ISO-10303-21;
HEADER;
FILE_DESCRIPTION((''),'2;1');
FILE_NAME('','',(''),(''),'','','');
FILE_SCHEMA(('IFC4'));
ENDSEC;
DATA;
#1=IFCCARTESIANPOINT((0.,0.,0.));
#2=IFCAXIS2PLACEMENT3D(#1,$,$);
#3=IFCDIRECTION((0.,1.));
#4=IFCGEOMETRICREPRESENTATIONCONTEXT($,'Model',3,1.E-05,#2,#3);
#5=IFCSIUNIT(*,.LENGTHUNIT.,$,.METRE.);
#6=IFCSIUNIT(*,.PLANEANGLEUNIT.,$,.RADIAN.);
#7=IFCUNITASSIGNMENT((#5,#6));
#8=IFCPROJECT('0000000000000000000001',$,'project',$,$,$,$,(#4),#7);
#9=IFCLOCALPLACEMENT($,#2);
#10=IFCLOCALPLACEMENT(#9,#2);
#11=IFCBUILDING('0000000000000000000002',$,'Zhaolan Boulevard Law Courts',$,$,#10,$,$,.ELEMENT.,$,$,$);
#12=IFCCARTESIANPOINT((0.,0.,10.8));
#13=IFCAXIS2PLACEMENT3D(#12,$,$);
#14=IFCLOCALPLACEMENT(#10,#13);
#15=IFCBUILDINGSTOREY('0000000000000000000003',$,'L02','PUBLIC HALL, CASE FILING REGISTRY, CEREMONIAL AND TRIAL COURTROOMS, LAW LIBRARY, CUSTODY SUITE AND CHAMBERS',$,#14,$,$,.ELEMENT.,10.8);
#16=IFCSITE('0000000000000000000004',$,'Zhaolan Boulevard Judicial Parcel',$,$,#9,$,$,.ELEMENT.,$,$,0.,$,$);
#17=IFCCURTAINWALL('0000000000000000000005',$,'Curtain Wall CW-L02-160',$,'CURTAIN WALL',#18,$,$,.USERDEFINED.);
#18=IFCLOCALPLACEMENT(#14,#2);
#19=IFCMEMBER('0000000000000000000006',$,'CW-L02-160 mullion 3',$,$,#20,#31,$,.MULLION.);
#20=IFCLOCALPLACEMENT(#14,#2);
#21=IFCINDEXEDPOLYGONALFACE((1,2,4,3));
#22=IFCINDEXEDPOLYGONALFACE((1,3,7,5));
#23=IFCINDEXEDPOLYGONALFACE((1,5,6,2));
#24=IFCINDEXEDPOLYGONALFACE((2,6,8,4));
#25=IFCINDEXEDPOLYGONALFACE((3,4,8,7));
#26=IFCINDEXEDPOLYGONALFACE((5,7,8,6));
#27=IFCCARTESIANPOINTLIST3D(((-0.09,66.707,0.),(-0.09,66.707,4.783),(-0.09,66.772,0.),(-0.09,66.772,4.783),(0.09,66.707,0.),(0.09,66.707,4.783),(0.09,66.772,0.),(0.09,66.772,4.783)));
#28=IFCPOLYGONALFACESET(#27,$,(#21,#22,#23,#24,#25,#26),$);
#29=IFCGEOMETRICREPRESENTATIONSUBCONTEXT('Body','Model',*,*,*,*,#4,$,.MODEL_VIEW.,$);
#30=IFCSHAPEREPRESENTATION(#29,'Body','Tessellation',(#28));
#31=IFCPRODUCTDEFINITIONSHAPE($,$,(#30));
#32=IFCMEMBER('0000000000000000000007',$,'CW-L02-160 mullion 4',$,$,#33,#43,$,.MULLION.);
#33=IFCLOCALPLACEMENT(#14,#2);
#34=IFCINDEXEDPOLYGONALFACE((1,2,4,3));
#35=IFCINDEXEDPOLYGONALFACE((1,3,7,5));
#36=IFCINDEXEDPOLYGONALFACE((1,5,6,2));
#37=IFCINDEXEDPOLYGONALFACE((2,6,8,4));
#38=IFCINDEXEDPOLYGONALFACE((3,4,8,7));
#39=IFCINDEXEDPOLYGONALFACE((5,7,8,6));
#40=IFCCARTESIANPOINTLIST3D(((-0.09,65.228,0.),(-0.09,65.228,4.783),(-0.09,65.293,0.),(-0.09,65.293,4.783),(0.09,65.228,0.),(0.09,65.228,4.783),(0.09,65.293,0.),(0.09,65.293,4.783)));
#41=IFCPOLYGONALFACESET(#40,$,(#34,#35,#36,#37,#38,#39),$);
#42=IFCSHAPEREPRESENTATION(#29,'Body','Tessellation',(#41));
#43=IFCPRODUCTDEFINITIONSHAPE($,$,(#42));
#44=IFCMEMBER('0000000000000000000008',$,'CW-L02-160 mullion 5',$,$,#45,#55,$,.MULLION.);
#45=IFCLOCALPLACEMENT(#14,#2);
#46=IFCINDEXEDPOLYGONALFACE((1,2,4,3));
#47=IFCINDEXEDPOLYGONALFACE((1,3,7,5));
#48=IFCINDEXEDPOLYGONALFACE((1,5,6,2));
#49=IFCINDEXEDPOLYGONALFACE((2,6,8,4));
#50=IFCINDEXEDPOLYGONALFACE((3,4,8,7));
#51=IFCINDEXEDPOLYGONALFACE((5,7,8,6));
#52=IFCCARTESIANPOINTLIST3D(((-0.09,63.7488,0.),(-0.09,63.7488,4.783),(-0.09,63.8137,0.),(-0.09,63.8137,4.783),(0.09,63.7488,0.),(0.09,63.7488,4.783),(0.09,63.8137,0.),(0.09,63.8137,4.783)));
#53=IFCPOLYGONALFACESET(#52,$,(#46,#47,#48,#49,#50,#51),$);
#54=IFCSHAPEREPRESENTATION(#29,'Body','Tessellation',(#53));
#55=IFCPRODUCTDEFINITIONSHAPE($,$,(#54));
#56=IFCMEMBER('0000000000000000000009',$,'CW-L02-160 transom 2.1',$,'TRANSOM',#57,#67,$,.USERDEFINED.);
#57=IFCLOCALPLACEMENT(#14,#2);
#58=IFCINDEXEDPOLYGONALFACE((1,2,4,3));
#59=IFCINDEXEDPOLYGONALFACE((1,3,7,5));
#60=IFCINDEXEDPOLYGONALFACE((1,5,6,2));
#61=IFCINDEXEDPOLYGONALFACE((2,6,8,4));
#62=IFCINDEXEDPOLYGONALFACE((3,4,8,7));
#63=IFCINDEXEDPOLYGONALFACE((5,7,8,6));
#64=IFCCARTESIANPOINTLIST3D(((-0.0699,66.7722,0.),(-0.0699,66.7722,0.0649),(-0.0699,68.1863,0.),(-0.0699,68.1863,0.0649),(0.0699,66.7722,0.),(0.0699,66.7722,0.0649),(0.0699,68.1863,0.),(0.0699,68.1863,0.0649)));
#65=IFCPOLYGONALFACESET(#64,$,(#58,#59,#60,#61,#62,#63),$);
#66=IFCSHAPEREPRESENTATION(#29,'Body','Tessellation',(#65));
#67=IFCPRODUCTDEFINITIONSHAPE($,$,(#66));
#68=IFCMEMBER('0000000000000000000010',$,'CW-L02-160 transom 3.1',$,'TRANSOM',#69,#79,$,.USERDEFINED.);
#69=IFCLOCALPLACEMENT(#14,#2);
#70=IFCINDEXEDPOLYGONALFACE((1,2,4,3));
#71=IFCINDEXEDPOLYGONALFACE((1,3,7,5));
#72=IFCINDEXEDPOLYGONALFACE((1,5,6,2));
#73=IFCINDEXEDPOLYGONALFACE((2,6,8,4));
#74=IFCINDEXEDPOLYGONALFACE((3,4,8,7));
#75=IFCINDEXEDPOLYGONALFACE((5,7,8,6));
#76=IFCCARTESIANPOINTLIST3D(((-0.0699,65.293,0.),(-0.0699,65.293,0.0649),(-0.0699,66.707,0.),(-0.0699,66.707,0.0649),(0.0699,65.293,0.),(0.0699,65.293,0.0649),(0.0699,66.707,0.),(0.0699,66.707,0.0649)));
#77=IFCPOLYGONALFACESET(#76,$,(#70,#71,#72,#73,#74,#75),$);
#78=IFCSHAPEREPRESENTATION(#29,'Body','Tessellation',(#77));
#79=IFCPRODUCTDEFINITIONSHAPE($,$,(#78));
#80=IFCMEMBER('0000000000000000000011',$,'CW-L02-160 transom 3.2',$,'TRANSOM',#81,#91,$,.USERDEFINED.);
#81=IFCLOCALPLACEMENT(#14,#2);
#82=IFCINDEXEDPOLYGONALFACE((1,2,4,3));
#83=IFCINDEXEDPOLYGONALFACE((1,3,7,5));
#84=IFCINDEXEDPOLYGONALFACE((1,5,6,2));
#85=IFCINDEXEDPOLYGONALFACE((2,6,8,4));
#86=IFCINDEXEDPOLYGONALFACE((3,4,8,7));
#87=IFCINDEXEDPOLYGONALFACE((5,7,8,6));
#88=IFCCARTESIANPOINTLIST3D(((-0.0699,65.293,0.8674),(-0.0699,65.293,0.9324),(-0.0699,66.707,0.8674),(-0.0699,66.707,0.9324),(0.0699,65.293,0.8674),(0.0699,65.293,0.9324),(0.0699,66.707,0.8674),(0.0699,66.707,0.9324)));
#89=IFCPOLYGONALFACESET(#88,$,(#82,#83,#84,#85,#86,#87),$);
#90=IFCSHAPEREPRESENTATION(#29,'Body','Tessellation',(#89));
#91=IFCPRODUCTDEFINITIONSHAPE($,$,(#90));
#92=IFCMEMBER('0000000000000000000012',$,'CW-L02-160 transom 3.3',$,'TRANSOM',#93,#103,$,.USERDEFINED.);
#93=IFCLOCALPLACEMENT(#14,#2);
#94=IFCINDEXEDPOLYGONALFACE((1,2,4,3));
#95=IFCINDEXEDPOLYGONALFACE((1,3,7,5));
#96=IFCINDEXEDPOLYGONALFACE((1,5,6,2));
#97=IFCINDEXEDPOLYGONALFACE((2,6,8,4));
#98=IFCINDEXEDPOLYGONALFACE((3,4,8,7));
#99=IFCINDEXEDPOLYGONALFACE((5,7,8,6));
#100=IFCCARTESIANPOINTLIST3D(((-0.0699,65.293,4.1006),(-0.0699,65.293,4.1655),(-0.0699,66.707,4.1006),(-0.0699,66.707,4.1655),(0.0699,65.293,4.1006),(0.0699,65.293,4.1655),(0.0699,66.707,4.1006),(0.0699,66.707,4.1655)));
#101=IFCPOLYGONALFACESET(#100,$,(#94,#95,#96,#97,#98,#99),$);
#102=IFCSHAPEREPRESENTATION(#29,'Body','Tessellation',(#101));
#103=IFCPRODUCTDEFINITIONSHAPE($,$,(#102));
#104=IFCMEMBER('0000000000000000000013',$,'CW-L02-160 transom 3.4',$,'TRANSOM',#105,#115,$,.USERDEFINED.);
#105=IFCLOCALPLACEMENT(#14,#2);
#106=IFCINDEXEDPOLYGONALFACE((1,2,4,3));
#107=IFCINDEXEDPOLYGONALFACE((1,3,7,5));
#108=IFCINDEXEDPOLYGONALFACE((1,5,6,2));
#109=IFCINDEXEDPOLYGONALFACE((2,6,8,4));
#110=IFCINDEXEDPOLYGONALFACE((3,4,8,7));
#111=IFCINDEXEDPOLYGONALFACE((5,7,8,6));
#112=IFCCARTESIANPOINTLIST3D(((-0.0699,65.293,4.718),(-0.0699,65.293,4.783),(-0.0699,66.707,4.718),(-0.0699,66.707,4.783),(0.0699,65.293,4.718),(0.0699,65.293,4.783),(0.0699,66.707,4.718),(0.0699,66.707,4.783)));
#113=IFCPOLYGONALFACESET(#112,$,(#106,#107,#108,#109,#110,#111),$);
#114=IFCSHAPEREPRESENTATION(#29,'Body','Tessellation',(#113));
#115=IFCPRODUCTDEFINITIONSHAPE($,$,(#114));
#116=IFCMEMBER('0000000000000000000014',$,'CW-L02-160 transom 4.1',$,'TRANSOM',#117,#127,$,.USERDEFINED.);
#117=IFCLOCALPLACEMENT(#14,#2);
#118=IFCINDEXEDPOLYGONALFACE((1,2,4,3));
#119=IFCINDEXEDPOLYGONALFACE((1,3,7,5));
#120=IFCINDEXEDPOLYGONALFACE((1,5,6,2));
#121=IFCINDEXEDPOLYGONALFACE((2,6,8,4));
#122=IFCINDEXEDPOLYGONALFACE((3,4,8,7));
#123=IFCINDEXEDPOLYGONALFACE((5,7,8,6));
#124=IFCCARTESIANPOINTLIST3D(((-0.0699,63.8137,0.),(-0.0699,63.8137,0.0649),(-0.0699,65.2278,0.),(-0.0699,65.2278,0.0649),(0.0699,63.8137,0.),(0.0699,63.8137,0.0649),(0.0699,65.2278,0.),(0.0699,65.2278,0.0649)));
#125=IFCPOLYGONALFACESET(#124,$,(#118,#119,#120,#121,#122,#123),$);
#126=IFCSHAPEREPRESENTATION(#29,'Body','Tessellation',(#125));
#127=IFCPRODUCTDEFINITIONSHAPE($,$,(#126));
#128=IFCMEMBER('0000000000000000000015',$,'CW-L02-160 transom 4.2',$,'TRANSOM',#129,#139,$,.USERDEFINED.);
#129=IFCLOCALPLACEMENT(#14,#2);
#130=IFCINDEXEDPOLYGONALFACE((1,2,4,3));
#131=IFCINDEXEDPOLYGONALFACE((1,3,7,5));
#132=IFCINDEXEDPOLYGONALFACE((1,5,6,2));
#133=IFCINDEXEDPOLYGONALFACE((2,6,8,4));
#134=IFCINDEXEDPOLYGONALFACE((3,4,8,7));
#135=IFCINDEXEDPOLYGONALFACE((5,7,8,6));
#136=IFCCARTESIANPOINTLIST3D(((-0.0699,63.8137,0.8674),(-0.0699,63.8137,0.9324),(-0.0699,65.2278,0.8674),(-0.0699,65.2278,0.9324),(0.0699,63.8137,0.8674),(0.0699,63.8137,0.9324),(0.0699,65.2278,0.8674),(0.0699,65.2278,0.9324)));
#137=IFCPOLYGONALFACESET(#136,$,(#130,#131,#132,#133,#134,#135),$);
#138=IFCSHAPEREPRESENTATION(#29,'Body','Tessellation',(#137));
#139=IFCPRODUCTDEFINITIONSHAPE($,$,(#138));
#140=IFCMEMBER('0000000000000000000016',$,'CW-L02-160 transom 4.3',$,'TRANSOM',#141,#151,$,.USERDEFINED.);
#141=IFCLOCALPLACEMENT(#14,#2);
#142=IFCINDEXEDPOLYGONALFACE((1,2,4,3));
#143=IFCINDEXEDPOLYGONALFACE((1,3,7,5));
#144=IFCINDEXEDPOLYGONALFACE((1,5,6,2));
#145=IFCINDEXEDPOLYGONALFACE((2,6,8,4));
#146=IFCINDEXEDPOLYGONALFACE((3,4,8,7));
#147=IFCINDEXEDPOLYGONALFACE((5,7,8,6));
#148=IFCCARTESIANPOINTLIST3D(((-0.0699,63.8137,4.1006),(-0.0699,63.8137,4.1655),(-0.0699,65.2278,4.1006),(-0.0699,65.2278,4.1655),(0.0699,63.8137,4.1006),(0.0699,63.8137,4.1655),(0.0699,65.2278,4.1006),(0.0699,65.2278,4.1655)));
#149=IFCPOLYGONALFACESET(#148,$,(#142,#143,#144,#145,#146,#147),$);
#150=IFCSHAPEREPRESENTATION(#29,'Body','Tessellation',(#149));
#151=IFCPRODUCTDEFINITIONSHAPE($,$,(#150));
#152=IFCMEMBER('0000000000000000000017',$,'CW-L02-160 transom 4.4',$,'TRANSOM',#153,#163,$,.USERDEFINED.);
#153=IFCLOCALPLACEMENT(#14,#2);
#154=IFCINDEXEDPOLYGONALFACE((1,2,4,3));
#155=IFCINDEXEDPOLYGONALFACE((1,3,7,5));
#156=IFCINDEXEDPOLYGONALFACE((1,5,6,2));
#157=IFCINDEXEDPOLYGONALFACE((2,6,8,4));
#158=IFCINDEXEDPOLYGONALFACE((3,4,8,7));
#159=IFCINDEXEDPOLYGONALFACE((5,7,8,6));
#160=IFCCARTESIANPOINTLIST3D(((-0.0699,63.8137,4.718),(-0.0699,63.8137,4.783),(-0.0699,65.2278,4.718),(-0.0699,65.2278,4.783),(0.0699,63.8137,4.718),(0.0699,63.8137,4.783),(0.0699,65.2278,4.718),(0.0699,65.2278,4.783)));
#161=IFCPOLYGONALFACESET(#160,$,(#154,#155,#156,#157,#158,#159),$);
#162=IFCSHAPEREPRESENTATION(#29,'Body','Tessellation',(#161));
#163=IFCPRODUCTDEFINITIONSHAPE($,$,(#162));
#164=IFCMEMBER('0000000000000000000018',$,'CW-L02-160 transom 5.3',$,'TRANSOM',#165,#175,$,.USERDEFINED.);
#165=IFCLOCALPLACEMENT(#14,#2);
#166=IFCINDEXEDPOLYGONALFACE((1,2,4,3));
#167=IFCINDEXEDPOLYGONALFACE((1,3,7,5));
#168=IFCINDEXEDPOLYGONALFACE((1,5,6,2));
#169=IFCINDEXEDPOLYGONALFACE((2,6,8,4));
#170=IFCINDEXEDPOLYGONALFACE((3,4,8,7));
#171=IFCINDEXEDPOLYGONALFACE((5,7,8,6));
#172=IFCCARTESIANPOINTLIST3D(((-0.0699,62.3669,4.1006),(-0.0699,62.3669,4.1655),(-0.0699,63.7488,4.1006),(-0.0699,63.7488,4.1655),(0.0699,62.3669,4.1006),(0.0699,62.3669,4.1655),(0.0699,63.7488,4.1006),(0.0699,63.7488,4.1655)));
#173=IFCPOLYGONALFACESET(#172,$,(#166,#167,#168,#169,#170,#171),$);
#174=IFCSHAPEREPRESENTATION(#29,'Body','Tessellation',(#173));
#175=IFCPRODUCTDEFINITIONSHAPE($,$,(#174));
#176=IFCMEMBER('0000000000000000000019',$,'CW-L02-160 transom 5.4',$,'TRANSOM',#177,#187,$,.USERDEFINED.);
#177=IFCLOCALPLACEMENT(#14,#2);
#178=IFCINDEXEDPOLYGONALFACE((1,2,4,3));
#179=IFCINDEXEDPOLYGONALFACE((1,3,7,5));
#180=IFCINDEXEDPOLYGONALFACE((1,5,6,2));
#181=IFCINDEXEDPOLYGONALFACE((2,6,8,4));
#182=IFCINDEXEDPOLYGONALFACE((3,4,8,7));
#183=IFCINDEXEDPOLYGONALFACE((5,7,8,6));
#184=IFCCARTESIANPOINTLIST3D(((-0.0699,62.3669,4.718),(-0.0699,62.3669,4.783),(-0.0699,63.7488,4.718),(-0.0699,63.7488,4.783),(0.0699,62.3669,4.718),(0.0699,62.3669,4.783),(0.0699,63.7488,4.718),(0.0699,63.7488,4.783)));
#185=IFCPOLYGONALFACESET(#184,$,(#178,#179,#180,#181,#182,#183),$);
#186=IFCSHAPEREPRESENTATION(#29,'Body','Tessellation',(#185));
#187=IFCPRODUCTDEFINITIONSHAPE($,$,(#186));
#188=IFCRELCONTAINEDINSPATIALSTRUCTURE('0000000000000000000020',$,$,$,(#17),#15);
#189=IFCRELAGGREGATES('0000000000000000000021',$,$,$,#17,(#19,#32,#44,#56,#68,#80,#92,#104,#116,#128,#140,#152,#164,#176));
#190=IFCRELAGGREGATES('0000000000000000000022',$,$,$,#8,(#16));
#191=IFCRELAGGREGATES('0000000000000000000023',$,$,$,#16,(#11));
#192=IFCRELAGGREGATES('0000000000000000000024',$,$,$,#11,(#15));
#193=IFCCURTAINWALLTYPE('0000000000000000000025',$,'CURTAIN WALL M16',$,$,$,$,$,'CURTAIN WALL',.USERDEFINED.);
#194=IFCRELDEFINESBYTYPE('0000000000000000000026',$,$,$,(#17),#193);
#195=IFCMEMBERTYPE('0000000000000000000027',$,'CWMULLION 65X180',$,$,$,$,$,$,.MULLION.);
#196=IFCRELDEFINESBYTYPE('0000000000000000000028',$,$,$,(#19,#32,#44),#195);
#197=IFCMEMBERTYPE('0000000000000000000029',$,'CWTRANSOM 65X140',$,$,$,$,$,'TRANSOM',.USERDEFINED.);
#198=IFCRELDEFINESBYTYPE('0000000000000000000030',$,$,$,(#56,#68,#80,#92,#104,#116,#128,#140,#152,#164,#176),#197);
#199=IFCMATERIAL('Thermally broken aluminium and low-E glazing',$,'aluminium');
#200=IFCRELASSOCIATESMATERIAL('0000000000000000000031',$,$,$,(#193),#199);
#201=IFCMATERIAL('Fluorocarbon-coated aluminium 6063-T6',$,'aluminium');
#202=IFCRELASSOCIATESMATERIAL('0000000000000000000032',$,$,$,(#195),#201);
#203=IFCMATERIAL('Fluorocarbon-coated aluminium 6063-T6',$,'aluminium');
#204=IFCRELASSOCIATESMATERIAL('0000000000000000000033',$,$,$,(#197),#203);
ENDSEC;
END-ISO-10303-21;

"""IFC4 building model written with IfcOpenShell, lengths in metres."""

from ifc_helpers import new_model, si_unit, direction, frame, origin, origin_2d, place, context, subcontext, project, spatial, rectangle, extrude, material, material_profile, profile_set, type_object, element, aggregate, save


model = new_model("IFC4")

# Units and contexts
model_context = context("Model", 3, precision=1e-05, world=origin(), true_north=direction((0.0, 1.0)))
body_context = subcontext(model_context, "Body", "Model", "MODEL_VIEW")
ifc_project = project(units=[si_unit("LENGTHUNIT", "METRE"), si_unit("PLANEANGLEUNIT", "RADIAN")], contexts=[model_context])

# Site, building, storey
site_placement = place(None, origin())
site = spatial("IfcSite", under=ifc_project, at=site_placement, Name="Zhaolan Boulevard Judicial Parcel", CompositionType="ELEMENT", RefElevation=0.0)
building_placement = place(site_placement, origin())
building = spatial("IfcBuilding", under=site, at=building_placement, Name="Zhaolan Boulevard Law Courts", CompositionType="ELEMENT")
storey_placement = place(building_placement, frame((0.0, 0.0, 10.8)))
storey = spatial("IfcBuildingStorey", under=building, at=storey_placement, Name="L02", Description="PUBLIC HALL, CASE FILING REGISTRY, CEREMONIAL AND TRIAL COURTROOMS, LAW LIBRARY, CUSTODY SUITE AND CHAMBERS", CompositionType="ELEMENT", Elevation=10.8)

# Curtain wall, members
ifc_material_1 = material(Name="Thermally broken aluminium and low-E glazing", Category="aluminium")
curtain_wall_type = type_object("IfcCurtainWallType", Name="CURTAIN WALL M16", ElementType="CURTAIN WALL", PredefinedType="USERDEFINED", material=ifc_material_1)
curtain_wall_placement = place(storey_placement, origin())
curtain_wall = element("IfcCurtainWall", 1, at=curtain_wall_placement, inside=storey, type_object=curtain_wall_type, Name="Curtain Wall CW-L02-160", ObjectType="CURTAIN WALL", PredefinedType="USERDEFINED")
ifc_material_2 = material(Name="Fluorocarbon-coated aluminium 6063-T6", Category="aluminium")
ifc_material_profile_1 = material_profile(ifc_material_2, rectangle(XDim=0.1799, YDim=0.0649, at=origin_2d()), Name="AL65x180")
ifc_profile_set_1 = profile_set([ifc_material_profile_1], Name="Fluorocarbon-coated aluminium 6063-T6")
member_type_1 = type_object("IfcMemberType", Name="CWMULLION 65X180", PredefinedType="MULLION", material=ifc_profile_set_1)
member_1_placement = place(storey_placement, frame((0.0, 66.7395, 0.0), z_axis=(0.0, 0.0, 1.0), x_axis=(1.0, 0.0, 0.0)))
member_1 = element("IfcMember", 2, at=member_1_placement, type_object=member_type_1, Name="CW-L02-160 mullion 3", PredefinedType="MULLION", context=body_context, shape_type="SweptSolid", body=[
    extrude(rectangle(XDim=0.1799, YDim=0.0649, at=origin_2d()), origin(), (0.0, 0.0, 1.0), 4.783),
])
member_2_placement = place(storey_placement, frame((0.0, 65.2605, 0.0), z_axis=(0.0, 0.0, 1.0), x_axis=(1.0, 0.0, 0.0)))
member_2 = element("IfcMember", 3, at=member_2_placement, type_object=member_type_1, Name="CW-L02-160 mullion 4", PredefinedType="MULLION", context=body_context, shape_type="SweptSolid", body=[
    extrude(rectangle(XDim=0.1799, YDim=0.0649, at=origin_2d()), origin(), (0.0, 0.0, 1.0), 4.783),
])
member_3_placement = place(storey_placement, frame((0.0, 63.7812, 0.0), z_axis=(0.0, 0.0, 1.0), x_axis=(1.0, 0.0, 0.0)))
member_3 = element("IfcMember", 4, at=member_3_placement, type_object=member_type_1, Name="CW-L02-160 mullion 5", PredefinedType="MULLION", context=body_context, shape_type="SweptSolid", body=[
    extrude(rectangle(XDim=0.1799, YDim=0.0649, at=origin_2d()), origin(), (0.0, 0.0, 1.0), 4.783),
])
ifc_material_3 = material(Name="Fluorocarbon-coated aluminium 6063-T6", Category="aluminium")
ifc_material_profile_2 = material_profile(ifc_material_3, rectangle(XDim=0.1399, YDim=0.0649, at=origin_2d()), Name="AL65x140")
ifc_profile_set_2 = profile_set([ifc_material_profile_2], Name="Fluorocarbon-coated aluminium 6063-T6")
member_type_2 = type_object("IfcMemberType", Name="CWTRANSOM 65X140", ElementType="TRANSOM", PredefinedType="USERDEFINED", material=ifc_profile_set_2)
member_4_placement = place(storey_placement, frame((0.0, 68.1863, 0.0325), z_axis=(0.0, -1.0, 0.0), x_axis=(1.0, 0.0, 0.0)))
member_4 = element("IfcMember", 5, at=member_4_placement, type_object=member_type_2, Name="CW-L02-160 transom 2.1", ObjectType="TRANSOM", PredefinedType="USERDEFINED", context=body_context, shape_type="SweptSolid", body=[
    extrude(rectangle(XDim=0.1399, YDim=0.0649, at=origin_2d()), origin(), (0.0, 0.0, 1.0), 1.4141),
])
member_5_placement = place(storey_placement, frame((0.0, 66.707, 0.0325), z_axis=(0.0, -1.0, 0.0), x_axis=(1.0, 0.0, 0.0)))
member_5 = element("IfcMember", 6, at=member_5_placement, type_object=member_type_2, Name="CW-L02-160 transom 3.1", ObjectType="TRANSOM", PredefinedType="USERDEFINED", context=body_context, shape_type="SweptSolid", body=[
    extrude(rectangle(XDim=0.1399, YDim=0.0649, at=origin_2d()), origin(), (0.0, 0.0, 1.0), 1.4141),
])
member_6_placement = place(storey_placement, frame((0.0, 66.707, 0.8999), z_axis=(0.0, -1.0, 0.0), x_axis=(1.0, 0.0, 0.0)))
member_6 = element("IfcMember", 7, at=member_6_placement, type_object=member_type_2, Name="CW-L02-160 transom 3.2", ObjectType="TRANSOM", PredefinedType="USERDEFINED", context=body_context, shape_type="SweptSolid", body=[
    extrude(rectangle(XDim=0.1399, YDim=0.0649, at=origin_2d()), origin(), (0.0, 0.0, 1.0), 1.4141),
])
member_7_placement = place(storey_placement, frame((0.0, 66.707, 4.1331), z_axis=(0.0, -1.0, 0.0), x_axis=(1.0, 0.0, 0.0)))
member_7 = element("IfcMember", 8, at=member_7_placement, type_object=member_type_2, Name="CW-L02-160 transom 3.3", ObjectType="TRANSOM", PredefinedType="USERDEFINED", context=body_context, shape_type="SweptSolid", body=[
    extrude(rectangle(XDim=0.1399, YDim=0.0649, at=origin_2d()), origin(), (0.0, 0.0, 1.0), 1.4141),
])
member_8_placement = place(storey_placement, frame((0.0, 66.707, 4.7505), z_axis=(0.0, -1.0, 0.0), x_axis=(1.0, 0.0, 0.0)))
member_8 = element("IfcMember", 9, at=member_8_placement, type_object=member_type_2, Name="CW-L02-160 transom 3.4", ObjectType="TRANSOM", PredefinedType="USERDEFINED", context=body_context, shape_type="SweptSolid", body=[
    extrude(rectangle(XDim=0.1399, YDim=0.0649, at=origin_2d()), origin(), (0.0, 0.0, 1.0), 1.4141),
])
member_9_placement = place(storey_placement, frame((0.0, 65.2278, 0.0325), z_axis=(0.0, -1.0, 0.0), x_axis=(1.0, 0.0, 0.0)))
member_9 = element("IfcMember", 10, at=member_9_placement, type_object=member_type_2, Name="CW-L02-160 transom 4.1", ObjectType="TRANSOM", PredefinedType="USERDEFINED", context=body_context, shape_type="SweptSolid", body=[
    extrude(rectangle(XDim=0.1399, YDim=0.0649, at=origin_2d()), origin(), (0.0, 0.0, 1.0), 1.4141),
])
member_10_placement = place(storey_placement, frame((0.0, 65.2278, 0.8999), z_axis=(0.0, -1.0, 0.0), x_axis=(1.0, 0.0, 0.0)))
member_10 = element("IfcMember", 11, at=member_10_placement, type_object=member_type_2, Name="CW-L02-160 transom 4.2", ObjectType="TRANSOM", PredefinedType="USERDEFINED", context=body_context, shape_type="SweptSolid", body=[
    extrude(rectangle(XDim=0.1399, YDim=0.0649, at=origin_2d()), origin(), (0.0, 0.0, 1.0), 1.4141),
])
member_11_placement = place(storey_placement, frame((0.0, 65.2278, 4.1331), z_axis=(0.0, -1.0, 0.0), x_axis=(1.0, 0.0, 0.0)))
member_11 = element("IfcMember", 12, at=member_11_placement, type_object=member_type_2, Name="CW-L02-160 transom 4.3", ObjectType="TRANSOM", PredefinedType="USERDEFINED", context=body_context, shape_type="SweptSolid", body=[
    extrude(rectangle(XDim=0.1399, YDim=0.0649, at=origin_2d()), origin(), (0.0, 0.0, 1.0), 1.4141),
])
member_12_placement = place(storey_placement, frame((0.0, 65.2278, 4.7505), z_axis=(0.0, -1.0, 0.0), x_axis=(1.0, 0.0, 0.0)))
member_12 = element("IfcMember", 13, at=member_12_placement, type_object=member_type_2, Name="CW-L02-160 transom 4.4", ObjectType="TRANSOM", PredefinedType="USERDEFINED", context=body_context, shape_type="SweptSolid", body=[
    extrude(rectangle(XDim=0.1399, YDim=0.0649, at=origin_2d()), origin(), (0.0, 0.0, 1.0), 1.4141),
])
member_13_placement = place(storey_placement, frame((0.0, 63.7488, 4.1331), z_axis=(0.0, -1.0, 0.0), x_axis=(1.0, 0.0, 0.0)))
member_13 = element("IfcMember", 14, at=member_13_placement, type_object=member_type_2, Name="CW-L02-160 transom 5.3", ObjectType="TRANSOM", PredefinedType="USERDEFINED", context=body_context, shape_type="SweptSolid", body=[
    extrude(rectangle(XDim=0.1399, YDim=0.0649, at=origin_2d()), origin(), (0.0, 0.0, 1.0), 1.3818),
])
member_14_placement = place(storey_placement, frame((0.0, 63.7488, 4.7505), z_axis=(0.0, -1.0, 0.0), x_axis=(1.0, 0.0, 0.0)))
member_14 = element("IfcMember", 15, at=member_14_placement, type_object=member_type_2, Name="CW-L02-160 transom 5.4", ObjectType="TRANSOM", PredefinedType="USERDEFINED", context=body_context, shape_type="SweptSolid", body=[
    extrude(rectangle(XDim=0.1399, YDim=0.0649, at=origin_2d()), origin(), (0.0, 0.0, 1.0), 1.3818),
])
aggregate(curtain_wall, [member_1, member_2, member_3, member_4, member_5, member_6, member_7, member_8, member_9, member_10, member_11, member_12, member_13, member_14])

save(model, "model.ifc")
